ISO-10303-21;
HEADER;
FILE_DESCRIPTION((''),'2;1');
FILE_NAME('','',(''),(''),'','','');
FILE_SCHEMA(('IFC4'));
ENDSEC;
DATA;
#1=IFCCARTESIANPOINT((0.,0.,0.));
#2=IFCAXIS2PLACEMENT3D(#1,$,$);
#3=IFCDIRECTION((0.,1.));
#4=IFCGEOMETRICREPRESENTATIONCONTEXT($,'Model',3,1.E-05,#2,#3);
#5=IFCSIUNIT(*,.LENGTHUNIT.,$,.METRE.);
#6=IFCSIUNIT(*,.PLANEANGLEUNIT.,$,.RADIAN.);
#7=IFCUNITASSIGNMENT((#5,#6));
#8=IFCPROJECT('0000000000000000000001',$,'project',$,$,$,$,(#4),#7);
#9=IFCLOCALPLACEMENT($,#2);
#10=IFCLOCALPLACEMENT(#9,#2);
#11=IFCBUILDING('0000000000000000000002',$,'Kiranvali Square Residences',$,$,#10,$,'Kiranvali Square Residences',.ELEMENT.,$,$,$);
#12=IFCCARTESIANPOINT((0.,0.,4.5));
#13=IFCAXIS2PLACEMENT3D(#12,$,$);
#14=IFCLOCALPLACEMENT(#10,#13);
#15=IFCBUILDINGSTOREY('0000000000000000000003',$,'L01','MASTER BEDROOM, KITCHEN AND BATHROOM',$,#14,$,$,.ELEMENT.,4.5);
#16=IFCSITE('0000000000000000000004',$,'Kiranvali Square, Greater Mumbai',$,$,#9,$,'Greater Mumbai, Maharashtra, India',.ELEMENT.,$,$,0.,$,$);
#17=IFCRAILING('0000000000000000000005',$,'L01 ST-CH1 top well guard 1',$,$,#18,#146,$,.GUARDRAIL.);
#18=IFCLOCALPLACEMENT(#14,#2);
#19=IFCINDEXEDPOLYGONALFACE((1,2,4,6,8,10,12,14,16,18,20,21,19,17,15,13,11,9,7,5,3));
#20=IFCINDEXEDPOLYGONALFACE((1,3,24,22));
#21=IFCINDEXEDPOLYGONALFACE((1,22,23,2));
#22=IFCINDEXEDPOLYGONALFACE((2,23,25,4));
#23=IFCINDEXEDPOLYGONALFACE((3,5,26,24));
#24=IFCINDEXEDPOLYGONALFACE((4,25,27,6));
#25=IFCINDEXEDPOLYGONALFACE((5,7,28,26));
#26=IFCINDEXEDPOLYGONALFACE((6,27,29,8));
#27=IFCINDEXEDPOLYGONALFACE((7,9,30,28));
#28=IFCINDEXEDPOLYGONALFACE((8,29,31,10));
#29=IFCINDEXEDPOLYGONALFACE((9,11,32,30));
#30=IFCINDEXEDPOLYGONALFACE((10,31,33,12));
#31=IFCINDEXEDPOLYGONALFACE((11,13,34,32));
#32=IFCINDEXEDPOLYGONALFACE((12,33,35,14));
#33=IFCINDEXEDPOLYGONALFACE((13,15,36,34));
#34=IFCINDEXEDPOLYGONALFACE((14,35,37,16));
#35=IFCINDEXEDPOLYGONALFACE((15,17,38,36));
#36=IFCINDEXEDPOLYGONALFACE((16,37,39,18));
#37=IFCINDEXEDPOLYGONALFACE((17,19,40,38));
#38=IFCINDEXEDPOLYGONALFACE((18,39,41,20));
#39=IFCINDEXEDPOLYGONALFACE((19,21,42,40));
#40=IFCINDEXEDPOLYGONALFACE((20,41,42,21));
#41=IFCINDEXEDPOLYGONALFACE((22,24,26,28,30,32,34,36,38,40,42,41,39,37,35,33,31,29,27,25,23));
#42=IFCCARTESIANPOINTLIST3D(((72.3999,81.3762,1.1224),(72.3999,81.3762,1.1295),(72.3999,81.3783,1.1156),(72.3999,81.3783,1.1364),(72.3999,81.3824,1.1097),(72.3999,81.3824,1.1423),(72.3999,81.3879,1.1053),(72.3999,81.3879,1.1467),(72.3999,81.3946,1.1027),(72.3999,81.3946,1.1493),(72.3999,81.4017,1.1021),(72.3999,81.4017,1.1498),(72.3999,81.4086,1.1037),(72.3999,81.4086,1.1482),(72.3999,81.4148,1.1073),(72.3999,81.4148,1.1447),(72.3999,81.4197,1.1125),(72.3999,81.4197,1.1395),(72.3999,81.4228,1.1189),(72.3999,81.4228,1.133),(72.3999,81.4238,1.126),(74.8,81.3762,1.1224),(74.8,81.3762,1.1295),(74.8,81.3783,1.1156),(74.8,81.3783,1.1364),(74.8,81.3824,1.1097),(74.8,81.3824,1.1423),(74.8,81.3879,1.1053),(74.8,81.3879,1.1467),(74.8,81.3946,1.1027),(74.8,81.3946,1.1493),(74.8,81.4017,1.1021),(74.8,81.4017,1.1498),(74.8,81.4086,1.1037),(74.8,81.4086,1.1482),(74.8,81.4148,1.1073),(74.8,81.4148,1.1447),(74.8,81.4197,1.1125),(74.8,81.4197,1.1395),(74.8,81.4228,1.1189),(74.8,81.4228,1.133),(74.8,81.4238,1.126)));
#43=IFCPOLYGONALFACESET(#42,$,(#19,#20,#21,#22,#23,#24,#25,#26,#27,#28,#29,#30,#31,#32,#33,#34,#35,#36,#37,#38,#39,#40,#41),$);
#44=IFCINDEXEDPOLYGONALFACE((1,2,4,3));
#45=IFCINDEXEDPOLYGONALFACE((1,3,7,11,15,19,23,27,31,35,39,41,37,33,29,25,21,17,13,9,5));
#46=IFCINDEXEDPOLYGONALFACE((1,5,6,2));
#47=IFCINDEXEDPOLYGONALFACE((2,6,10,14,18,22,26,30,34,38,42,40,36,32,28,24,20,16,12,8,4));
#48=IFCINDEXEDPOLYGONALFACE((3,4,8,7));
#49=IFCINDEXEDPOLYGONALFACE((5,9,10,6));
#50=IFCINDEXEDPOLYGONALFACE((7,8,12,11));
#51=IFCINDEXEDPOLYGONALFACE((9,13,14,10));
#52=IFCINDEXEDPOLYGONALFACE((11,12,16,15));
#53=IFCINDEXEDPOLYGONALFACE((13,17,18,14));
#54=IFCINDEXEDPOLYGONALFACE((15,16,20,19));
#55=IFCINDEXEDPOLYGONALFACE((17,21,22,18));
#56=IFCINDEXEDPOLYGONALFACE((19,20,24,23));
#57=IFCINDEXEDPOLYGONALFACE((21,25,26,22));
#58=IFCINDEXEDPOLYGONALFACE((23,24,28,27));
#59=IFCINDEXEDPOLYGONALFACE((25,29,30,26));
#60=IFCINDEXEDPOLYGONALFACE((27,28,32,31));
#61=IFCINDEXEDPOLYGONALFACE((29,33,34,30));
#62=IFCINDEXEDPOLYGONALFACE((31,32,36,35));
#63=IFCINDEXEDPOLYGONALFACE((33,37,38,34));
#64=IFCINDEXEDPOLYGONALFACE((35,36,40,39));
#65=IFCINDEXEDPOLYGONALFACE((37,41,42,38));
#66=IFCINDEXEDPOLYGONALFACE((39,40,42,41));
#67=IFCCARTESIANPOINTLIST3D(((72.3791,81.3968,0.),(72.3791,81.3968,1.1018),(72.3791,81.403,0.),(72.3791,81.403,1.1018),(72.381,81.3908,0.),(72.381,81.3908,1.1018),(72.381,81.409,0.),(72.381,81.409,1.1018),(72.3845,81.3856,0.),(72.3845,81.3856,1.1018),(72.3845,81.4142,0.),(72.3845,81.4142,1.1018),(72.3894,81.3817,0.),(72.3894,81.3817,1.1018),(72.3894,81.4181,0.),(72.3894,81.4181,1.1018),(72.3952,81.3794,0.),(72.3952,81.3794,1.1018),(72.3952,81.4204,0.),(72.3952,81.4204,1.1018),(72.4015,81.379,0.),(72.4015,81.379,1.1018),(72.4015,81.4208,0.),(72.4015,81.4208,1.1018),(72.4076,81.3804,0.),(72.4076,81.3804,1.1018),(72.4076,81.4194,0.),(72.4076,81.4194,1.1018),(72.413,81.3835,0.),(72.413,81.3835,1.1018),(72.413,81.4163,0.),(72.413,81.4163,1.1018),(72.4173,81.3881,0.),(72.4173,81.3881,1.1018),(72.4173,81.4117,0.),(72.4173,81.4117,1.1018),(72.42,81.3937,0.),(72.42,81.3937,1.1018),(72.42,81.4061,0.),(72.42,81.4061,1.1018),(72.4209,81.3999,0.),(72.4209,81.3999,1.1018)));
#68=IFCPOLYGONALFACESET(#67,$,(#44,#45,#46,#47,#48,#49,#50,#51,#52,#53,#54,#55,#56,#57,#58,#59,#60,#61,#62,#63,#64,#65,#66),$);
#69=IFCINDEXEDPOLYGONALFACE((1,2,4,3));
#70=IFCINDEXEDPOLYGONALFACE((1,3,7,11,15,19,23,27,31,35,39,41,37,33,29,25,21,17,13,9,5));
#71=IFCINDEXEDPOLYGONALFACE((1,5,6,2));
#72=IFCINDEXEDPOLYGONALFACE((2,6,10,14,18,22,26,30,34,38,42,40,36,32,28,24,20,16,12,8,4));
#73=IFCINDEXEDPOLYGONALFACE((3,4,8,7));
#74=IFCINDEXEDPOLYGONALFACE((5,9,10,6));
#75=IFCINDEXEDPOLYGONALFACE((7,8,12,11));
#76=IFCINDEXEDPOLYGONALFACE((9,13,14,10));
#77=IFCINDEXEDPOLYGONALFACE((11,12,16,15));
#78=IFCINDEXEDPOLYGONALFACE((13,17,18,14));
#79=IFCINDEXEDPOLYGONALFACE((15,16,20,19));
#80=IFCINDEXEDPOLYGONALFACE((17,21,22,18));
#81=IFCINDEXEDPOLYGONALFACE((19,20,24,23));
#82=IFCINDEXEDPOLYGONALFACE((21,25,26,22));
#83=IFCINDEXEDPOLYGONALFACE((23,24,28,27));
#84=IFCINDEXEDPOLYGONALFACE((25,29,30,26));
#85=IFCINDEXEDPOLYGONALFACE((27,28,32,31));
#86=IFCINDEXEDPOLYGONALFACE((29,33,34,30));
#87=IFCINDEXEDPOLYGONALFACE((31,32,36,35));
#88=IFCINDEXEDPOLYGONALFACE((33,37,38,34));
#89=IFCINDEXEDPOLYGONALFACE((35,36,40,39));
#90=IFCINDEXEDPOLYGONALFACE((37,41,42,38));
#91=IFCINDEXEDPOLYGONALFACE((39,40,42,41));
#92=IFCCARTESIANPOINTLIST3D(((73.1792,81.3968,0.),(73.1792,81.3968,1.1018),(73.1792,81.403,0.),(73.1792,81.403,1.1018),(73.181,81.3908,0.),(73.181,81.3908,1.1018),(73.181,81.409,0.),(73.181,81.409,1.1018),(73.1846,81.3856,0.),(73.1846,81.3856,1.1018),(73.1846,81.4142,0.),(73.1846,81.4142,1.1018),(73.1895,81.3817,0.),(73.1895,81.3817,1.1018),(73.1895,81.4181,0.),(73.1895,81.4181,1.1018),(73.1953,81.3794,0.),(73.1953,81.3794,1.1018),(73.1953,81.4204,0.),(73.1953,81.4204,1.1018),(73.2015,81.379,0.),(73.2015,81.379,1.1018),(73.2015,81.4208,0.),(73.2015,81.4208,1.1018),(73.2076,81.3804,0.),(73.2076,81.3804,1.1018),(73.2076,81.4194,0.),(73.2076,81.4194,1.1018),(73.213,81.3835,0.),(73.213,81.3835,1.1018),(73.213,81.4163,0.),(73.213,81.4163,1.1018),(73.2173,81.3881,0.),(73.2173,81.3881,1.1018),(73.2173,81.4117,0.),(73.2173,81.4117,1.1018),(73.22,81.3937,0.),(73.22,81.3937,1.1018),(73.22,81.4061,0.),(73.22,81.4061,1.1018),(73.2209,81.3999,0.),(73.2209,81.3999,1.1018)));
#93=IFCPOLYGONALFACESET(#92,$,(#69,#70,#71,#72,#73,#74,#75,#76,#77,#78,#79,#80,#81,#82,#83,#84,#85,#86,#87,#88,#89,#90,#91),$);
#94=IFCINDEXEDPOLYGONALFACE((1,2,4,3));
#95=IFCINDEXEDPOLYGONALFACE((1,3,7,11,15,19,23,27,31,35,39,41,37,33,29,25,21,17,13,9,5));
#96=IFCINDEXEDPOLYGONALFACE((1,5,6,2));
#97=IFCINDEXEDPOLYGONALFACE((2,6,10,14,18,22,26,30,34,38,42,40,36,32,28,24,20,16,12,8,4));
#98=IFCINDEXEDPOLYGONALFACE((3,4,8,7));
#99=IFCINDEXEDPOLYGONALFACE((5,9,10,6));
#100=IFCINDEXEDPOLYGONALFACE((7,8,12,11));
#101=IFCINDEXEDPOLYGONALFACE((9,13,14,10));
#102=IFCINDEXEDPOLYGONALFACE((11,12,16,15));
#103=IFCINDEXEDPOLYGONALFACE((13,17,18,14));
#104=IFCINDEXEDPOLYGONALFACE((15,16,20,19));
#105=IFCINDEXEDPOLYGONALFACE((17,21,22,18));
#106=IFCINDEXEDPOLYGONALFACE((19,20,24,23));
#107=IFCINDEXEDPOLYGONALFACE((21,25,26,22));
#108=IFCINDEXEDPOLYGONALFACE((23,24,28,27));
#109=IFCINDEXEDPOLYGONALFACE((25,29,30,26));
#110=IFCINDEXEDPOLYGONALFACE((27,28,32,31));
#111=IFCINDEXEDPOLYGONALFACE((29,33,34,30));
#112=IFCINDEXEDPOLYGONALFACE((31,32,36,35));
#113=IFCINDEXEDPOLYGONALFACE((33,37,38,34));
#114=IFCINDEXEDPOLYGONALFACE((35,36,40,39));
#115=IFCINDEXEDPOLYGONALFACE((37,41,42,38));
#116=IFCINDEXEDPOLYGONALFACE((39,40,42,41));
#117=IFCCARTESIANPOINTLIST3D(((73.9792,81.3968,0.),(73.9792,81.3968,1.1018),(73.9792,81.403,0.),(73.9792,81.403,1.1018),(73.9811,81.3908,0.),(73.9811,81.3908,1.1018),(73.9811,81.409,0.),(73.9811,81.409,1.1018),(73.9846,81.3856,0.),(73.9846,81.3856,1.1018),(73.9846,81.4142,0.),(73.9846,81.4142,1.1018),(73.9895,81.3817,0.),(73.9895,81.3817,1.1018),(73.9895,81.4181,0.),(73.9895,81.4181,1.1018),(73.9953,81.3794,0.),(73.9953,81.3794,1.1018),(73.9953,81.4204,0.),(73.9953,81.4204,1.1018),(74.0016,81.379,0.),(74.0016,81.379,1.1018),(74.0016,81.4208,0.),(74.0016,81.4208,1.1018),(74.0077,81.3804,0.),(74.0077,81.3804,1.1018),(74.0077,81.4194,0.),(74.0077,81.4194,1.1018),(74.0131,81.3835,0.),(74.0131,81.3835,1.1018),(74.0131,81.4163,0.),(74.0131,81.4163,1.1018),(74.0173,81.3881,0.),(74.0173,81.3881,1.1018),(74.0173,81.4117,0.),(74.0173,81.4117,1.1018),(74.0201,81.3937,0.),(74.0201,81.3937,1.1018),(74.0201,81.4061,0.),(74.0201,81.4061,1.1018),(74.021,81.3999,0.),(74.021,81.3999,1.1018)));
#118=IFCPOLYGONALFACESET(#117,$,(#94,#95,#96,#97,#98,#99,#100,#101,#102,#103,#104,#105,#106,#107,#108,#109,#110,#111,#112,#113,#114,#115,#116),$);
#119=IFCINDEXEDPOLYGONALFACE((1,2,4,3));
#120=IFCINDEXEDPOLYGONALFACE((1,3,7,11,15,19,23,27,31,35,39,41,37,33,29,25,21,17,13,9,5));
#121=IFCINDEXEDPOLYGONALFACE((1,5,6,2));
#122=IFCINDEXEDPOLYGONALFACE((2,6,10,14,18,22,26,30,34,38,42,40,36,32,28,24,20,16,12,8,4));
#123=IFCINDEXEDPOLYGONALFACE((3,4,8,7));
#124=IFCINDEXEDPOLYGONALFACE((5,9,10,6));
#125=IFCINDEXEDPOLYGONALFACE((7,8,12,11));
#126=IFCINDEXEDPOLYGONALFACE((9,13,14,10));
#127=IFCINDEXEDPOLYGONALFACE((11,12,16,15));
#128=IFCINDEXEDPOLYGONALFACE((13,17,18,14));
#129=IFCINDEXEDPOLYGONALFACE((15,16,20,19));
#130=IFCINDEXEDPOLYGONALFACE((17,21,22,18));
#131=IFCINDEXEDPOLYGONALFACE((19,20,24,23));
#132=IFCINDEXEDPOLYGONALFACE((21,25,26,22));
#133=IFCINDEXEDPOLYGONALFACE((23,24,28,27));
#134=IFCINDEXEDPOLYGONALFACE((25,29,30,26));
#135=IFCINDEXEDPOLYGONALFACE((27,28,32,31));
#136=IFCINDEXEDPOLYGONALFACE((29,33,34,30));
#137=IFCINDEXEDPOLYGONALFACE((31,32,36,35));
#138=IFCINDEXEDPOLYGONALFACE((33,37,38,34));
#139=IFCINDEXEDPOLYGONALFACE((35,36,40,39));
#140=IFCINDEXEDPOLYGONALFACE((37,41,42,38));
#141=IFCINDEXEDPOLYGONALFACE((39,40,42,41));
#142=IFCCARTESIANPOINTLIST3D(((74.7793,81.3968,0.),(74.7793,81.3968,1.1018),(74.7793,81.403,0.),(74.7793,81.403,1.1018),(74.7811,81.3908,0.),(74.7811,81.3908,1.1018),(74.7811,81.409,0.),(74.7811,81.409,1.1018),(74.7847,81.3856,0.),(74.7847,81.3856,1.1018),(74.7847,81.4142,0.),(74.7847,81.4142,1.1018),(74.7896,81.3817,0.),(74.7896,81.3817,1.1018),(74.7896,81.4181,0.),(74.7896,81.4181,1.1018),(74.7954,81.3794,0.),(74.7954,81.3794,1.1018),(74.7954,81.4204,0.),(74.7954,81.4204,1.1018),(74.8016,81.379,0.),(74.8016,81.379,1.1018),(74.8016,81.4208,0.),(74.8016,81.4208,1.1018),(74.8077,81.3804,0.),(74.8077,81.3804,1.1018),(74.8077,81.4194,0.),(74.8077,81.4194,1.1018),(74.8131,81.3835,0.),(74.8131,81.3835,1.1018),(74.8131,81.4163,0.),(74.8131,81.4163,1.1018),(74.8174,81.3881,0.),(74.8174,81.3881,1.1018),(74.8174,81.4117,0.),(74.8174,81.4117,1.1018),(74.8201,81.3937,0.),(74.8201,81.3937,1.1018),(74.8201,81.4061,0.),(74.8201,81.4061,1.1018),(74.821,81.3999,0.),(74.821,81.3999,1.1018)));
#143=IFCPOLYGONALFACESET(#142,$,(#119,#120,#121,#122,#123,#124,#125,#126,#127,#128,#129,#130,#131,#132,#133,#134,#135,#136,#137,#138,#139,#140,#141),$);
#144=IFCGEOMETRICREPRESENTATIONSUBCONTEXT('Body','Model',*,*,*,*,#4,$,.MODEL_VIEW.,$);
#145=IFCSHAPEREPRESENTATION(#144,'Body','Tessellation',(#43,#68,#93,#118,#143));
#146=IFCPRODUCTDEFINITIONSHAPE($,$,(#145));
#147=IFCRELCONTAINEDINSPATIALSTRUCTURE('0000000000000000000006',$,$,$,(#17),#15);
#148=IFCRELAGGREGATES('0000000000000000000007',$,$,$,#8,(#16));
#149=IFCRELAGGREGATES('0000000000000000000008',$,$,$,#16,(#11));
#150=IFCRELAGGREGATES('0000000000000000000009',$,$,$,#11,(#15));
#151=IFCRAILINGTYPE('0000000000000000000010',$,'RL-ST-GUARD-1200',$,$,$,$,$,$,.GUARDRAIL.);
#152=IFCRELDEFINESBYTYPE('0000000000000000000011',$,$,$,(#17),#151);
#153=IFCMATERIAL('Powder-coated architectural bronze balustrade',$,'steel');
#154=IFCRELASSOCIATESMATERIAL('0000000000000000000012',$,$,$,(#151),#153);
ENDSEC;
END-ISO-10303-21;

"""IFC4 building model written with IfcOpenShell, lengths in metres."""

from ifc_helpers import new_model, si_unit, direction, frame, origin, origin_2d, place, context, subcontext, project, spatial, circle, extrude, material, type_object, element, save


model = new_model("IFC4")

# Units and contexts
model_context = context("Model", 3, precision=1e-05, world=origin(), true_north=direction((0.0, 1.0)))
body_context = subcontext(model_context, "Body", "Model", "MODEL_VIEW")
ifc_project = project(units=[si_unit("LENGTHUNIT", "METRE"), si_unit("PLANEANGLEUNIT", "RADIAN")], contexts=[model_context])

# Site, building, storey
site_placement = place(None, origin())
site = spatial("IfcSite", under=ifc_project, at=site_placement, Name="Kiranvali Square, Greater Mumbai", LongName="Greater Mumbai, Maharashtra, India", CompositionType="ELEMENT", RefElevation=0.0)
building_placement = place(site_placement, origin())
building = spatial("IfcBuilding", under=site, at=building_placement, Name="Kiranvali Square Residences", LongName="Kiranvali Square Residences", CompositionType="ELEMENT")
storey_placement = place(building_placement, frame((0.0, 0.0, 4.5)))
storey = spatial("IfcBuildingStorey", under=building, at=storey_placement, Name="L01", Description="MASTER BEDROOM, KITCHEN AND BATHROOM", CompositionType="ELEMENT", Elevation=4.5)

# Railing
ifc_material_1 = material(Name="Powder-coated architectural bronze balustrade", Category="steel")
railing_type = type_object("IfcRailingType", Name="RL-ST-GUARD-1200", PredefinedType="GUARDRAIL", material=ifc_material_1)
railing_placement = place(storey_placement, frame((72.3999, 81.3999, 0.0)))
element("IfcRailing", 1, at=railing_placement, inside=storey, type_object=railing_type, Name="L01 ST-CH1 top well guard 1", PredefinedType="GUARDRAIL", context=body_context, shape_type="SweptSolid", body=[
    extrude(circle(Radius=0.0239, at=origin_2d()), frame((0.0, 0.0, 1.126), z_axis=(1.0, 0.0, 0.0), x_axis=(0.0, 1.0, 0.0)), (0.0, 0.0, 1.0), 2.4001),
    extrude(circle(Radius=0.021, at=origin_2d()), origin(), (0.0, 0.0, 1.0), 1.1018),
    extrude(circle(Radius=0.021, at=origin_2d()), frame((0.8, 0.0, 0.0)), (0.0, 0.0, 1.0), 1.1018),
    extrude(circle(Radius=0.021, at=origin_2d()), frame((1.6001, 0.0, 0.0)), (0.0, 0.0, 1.0), 1.1018),
    extrude(circle(Radius=0.021, at=origin_2d()), frame((2.4001, 0.0, 0.0)), (0.0, 0.0, 1.0), 1.1018),
])

save(model, "model.ifc")
